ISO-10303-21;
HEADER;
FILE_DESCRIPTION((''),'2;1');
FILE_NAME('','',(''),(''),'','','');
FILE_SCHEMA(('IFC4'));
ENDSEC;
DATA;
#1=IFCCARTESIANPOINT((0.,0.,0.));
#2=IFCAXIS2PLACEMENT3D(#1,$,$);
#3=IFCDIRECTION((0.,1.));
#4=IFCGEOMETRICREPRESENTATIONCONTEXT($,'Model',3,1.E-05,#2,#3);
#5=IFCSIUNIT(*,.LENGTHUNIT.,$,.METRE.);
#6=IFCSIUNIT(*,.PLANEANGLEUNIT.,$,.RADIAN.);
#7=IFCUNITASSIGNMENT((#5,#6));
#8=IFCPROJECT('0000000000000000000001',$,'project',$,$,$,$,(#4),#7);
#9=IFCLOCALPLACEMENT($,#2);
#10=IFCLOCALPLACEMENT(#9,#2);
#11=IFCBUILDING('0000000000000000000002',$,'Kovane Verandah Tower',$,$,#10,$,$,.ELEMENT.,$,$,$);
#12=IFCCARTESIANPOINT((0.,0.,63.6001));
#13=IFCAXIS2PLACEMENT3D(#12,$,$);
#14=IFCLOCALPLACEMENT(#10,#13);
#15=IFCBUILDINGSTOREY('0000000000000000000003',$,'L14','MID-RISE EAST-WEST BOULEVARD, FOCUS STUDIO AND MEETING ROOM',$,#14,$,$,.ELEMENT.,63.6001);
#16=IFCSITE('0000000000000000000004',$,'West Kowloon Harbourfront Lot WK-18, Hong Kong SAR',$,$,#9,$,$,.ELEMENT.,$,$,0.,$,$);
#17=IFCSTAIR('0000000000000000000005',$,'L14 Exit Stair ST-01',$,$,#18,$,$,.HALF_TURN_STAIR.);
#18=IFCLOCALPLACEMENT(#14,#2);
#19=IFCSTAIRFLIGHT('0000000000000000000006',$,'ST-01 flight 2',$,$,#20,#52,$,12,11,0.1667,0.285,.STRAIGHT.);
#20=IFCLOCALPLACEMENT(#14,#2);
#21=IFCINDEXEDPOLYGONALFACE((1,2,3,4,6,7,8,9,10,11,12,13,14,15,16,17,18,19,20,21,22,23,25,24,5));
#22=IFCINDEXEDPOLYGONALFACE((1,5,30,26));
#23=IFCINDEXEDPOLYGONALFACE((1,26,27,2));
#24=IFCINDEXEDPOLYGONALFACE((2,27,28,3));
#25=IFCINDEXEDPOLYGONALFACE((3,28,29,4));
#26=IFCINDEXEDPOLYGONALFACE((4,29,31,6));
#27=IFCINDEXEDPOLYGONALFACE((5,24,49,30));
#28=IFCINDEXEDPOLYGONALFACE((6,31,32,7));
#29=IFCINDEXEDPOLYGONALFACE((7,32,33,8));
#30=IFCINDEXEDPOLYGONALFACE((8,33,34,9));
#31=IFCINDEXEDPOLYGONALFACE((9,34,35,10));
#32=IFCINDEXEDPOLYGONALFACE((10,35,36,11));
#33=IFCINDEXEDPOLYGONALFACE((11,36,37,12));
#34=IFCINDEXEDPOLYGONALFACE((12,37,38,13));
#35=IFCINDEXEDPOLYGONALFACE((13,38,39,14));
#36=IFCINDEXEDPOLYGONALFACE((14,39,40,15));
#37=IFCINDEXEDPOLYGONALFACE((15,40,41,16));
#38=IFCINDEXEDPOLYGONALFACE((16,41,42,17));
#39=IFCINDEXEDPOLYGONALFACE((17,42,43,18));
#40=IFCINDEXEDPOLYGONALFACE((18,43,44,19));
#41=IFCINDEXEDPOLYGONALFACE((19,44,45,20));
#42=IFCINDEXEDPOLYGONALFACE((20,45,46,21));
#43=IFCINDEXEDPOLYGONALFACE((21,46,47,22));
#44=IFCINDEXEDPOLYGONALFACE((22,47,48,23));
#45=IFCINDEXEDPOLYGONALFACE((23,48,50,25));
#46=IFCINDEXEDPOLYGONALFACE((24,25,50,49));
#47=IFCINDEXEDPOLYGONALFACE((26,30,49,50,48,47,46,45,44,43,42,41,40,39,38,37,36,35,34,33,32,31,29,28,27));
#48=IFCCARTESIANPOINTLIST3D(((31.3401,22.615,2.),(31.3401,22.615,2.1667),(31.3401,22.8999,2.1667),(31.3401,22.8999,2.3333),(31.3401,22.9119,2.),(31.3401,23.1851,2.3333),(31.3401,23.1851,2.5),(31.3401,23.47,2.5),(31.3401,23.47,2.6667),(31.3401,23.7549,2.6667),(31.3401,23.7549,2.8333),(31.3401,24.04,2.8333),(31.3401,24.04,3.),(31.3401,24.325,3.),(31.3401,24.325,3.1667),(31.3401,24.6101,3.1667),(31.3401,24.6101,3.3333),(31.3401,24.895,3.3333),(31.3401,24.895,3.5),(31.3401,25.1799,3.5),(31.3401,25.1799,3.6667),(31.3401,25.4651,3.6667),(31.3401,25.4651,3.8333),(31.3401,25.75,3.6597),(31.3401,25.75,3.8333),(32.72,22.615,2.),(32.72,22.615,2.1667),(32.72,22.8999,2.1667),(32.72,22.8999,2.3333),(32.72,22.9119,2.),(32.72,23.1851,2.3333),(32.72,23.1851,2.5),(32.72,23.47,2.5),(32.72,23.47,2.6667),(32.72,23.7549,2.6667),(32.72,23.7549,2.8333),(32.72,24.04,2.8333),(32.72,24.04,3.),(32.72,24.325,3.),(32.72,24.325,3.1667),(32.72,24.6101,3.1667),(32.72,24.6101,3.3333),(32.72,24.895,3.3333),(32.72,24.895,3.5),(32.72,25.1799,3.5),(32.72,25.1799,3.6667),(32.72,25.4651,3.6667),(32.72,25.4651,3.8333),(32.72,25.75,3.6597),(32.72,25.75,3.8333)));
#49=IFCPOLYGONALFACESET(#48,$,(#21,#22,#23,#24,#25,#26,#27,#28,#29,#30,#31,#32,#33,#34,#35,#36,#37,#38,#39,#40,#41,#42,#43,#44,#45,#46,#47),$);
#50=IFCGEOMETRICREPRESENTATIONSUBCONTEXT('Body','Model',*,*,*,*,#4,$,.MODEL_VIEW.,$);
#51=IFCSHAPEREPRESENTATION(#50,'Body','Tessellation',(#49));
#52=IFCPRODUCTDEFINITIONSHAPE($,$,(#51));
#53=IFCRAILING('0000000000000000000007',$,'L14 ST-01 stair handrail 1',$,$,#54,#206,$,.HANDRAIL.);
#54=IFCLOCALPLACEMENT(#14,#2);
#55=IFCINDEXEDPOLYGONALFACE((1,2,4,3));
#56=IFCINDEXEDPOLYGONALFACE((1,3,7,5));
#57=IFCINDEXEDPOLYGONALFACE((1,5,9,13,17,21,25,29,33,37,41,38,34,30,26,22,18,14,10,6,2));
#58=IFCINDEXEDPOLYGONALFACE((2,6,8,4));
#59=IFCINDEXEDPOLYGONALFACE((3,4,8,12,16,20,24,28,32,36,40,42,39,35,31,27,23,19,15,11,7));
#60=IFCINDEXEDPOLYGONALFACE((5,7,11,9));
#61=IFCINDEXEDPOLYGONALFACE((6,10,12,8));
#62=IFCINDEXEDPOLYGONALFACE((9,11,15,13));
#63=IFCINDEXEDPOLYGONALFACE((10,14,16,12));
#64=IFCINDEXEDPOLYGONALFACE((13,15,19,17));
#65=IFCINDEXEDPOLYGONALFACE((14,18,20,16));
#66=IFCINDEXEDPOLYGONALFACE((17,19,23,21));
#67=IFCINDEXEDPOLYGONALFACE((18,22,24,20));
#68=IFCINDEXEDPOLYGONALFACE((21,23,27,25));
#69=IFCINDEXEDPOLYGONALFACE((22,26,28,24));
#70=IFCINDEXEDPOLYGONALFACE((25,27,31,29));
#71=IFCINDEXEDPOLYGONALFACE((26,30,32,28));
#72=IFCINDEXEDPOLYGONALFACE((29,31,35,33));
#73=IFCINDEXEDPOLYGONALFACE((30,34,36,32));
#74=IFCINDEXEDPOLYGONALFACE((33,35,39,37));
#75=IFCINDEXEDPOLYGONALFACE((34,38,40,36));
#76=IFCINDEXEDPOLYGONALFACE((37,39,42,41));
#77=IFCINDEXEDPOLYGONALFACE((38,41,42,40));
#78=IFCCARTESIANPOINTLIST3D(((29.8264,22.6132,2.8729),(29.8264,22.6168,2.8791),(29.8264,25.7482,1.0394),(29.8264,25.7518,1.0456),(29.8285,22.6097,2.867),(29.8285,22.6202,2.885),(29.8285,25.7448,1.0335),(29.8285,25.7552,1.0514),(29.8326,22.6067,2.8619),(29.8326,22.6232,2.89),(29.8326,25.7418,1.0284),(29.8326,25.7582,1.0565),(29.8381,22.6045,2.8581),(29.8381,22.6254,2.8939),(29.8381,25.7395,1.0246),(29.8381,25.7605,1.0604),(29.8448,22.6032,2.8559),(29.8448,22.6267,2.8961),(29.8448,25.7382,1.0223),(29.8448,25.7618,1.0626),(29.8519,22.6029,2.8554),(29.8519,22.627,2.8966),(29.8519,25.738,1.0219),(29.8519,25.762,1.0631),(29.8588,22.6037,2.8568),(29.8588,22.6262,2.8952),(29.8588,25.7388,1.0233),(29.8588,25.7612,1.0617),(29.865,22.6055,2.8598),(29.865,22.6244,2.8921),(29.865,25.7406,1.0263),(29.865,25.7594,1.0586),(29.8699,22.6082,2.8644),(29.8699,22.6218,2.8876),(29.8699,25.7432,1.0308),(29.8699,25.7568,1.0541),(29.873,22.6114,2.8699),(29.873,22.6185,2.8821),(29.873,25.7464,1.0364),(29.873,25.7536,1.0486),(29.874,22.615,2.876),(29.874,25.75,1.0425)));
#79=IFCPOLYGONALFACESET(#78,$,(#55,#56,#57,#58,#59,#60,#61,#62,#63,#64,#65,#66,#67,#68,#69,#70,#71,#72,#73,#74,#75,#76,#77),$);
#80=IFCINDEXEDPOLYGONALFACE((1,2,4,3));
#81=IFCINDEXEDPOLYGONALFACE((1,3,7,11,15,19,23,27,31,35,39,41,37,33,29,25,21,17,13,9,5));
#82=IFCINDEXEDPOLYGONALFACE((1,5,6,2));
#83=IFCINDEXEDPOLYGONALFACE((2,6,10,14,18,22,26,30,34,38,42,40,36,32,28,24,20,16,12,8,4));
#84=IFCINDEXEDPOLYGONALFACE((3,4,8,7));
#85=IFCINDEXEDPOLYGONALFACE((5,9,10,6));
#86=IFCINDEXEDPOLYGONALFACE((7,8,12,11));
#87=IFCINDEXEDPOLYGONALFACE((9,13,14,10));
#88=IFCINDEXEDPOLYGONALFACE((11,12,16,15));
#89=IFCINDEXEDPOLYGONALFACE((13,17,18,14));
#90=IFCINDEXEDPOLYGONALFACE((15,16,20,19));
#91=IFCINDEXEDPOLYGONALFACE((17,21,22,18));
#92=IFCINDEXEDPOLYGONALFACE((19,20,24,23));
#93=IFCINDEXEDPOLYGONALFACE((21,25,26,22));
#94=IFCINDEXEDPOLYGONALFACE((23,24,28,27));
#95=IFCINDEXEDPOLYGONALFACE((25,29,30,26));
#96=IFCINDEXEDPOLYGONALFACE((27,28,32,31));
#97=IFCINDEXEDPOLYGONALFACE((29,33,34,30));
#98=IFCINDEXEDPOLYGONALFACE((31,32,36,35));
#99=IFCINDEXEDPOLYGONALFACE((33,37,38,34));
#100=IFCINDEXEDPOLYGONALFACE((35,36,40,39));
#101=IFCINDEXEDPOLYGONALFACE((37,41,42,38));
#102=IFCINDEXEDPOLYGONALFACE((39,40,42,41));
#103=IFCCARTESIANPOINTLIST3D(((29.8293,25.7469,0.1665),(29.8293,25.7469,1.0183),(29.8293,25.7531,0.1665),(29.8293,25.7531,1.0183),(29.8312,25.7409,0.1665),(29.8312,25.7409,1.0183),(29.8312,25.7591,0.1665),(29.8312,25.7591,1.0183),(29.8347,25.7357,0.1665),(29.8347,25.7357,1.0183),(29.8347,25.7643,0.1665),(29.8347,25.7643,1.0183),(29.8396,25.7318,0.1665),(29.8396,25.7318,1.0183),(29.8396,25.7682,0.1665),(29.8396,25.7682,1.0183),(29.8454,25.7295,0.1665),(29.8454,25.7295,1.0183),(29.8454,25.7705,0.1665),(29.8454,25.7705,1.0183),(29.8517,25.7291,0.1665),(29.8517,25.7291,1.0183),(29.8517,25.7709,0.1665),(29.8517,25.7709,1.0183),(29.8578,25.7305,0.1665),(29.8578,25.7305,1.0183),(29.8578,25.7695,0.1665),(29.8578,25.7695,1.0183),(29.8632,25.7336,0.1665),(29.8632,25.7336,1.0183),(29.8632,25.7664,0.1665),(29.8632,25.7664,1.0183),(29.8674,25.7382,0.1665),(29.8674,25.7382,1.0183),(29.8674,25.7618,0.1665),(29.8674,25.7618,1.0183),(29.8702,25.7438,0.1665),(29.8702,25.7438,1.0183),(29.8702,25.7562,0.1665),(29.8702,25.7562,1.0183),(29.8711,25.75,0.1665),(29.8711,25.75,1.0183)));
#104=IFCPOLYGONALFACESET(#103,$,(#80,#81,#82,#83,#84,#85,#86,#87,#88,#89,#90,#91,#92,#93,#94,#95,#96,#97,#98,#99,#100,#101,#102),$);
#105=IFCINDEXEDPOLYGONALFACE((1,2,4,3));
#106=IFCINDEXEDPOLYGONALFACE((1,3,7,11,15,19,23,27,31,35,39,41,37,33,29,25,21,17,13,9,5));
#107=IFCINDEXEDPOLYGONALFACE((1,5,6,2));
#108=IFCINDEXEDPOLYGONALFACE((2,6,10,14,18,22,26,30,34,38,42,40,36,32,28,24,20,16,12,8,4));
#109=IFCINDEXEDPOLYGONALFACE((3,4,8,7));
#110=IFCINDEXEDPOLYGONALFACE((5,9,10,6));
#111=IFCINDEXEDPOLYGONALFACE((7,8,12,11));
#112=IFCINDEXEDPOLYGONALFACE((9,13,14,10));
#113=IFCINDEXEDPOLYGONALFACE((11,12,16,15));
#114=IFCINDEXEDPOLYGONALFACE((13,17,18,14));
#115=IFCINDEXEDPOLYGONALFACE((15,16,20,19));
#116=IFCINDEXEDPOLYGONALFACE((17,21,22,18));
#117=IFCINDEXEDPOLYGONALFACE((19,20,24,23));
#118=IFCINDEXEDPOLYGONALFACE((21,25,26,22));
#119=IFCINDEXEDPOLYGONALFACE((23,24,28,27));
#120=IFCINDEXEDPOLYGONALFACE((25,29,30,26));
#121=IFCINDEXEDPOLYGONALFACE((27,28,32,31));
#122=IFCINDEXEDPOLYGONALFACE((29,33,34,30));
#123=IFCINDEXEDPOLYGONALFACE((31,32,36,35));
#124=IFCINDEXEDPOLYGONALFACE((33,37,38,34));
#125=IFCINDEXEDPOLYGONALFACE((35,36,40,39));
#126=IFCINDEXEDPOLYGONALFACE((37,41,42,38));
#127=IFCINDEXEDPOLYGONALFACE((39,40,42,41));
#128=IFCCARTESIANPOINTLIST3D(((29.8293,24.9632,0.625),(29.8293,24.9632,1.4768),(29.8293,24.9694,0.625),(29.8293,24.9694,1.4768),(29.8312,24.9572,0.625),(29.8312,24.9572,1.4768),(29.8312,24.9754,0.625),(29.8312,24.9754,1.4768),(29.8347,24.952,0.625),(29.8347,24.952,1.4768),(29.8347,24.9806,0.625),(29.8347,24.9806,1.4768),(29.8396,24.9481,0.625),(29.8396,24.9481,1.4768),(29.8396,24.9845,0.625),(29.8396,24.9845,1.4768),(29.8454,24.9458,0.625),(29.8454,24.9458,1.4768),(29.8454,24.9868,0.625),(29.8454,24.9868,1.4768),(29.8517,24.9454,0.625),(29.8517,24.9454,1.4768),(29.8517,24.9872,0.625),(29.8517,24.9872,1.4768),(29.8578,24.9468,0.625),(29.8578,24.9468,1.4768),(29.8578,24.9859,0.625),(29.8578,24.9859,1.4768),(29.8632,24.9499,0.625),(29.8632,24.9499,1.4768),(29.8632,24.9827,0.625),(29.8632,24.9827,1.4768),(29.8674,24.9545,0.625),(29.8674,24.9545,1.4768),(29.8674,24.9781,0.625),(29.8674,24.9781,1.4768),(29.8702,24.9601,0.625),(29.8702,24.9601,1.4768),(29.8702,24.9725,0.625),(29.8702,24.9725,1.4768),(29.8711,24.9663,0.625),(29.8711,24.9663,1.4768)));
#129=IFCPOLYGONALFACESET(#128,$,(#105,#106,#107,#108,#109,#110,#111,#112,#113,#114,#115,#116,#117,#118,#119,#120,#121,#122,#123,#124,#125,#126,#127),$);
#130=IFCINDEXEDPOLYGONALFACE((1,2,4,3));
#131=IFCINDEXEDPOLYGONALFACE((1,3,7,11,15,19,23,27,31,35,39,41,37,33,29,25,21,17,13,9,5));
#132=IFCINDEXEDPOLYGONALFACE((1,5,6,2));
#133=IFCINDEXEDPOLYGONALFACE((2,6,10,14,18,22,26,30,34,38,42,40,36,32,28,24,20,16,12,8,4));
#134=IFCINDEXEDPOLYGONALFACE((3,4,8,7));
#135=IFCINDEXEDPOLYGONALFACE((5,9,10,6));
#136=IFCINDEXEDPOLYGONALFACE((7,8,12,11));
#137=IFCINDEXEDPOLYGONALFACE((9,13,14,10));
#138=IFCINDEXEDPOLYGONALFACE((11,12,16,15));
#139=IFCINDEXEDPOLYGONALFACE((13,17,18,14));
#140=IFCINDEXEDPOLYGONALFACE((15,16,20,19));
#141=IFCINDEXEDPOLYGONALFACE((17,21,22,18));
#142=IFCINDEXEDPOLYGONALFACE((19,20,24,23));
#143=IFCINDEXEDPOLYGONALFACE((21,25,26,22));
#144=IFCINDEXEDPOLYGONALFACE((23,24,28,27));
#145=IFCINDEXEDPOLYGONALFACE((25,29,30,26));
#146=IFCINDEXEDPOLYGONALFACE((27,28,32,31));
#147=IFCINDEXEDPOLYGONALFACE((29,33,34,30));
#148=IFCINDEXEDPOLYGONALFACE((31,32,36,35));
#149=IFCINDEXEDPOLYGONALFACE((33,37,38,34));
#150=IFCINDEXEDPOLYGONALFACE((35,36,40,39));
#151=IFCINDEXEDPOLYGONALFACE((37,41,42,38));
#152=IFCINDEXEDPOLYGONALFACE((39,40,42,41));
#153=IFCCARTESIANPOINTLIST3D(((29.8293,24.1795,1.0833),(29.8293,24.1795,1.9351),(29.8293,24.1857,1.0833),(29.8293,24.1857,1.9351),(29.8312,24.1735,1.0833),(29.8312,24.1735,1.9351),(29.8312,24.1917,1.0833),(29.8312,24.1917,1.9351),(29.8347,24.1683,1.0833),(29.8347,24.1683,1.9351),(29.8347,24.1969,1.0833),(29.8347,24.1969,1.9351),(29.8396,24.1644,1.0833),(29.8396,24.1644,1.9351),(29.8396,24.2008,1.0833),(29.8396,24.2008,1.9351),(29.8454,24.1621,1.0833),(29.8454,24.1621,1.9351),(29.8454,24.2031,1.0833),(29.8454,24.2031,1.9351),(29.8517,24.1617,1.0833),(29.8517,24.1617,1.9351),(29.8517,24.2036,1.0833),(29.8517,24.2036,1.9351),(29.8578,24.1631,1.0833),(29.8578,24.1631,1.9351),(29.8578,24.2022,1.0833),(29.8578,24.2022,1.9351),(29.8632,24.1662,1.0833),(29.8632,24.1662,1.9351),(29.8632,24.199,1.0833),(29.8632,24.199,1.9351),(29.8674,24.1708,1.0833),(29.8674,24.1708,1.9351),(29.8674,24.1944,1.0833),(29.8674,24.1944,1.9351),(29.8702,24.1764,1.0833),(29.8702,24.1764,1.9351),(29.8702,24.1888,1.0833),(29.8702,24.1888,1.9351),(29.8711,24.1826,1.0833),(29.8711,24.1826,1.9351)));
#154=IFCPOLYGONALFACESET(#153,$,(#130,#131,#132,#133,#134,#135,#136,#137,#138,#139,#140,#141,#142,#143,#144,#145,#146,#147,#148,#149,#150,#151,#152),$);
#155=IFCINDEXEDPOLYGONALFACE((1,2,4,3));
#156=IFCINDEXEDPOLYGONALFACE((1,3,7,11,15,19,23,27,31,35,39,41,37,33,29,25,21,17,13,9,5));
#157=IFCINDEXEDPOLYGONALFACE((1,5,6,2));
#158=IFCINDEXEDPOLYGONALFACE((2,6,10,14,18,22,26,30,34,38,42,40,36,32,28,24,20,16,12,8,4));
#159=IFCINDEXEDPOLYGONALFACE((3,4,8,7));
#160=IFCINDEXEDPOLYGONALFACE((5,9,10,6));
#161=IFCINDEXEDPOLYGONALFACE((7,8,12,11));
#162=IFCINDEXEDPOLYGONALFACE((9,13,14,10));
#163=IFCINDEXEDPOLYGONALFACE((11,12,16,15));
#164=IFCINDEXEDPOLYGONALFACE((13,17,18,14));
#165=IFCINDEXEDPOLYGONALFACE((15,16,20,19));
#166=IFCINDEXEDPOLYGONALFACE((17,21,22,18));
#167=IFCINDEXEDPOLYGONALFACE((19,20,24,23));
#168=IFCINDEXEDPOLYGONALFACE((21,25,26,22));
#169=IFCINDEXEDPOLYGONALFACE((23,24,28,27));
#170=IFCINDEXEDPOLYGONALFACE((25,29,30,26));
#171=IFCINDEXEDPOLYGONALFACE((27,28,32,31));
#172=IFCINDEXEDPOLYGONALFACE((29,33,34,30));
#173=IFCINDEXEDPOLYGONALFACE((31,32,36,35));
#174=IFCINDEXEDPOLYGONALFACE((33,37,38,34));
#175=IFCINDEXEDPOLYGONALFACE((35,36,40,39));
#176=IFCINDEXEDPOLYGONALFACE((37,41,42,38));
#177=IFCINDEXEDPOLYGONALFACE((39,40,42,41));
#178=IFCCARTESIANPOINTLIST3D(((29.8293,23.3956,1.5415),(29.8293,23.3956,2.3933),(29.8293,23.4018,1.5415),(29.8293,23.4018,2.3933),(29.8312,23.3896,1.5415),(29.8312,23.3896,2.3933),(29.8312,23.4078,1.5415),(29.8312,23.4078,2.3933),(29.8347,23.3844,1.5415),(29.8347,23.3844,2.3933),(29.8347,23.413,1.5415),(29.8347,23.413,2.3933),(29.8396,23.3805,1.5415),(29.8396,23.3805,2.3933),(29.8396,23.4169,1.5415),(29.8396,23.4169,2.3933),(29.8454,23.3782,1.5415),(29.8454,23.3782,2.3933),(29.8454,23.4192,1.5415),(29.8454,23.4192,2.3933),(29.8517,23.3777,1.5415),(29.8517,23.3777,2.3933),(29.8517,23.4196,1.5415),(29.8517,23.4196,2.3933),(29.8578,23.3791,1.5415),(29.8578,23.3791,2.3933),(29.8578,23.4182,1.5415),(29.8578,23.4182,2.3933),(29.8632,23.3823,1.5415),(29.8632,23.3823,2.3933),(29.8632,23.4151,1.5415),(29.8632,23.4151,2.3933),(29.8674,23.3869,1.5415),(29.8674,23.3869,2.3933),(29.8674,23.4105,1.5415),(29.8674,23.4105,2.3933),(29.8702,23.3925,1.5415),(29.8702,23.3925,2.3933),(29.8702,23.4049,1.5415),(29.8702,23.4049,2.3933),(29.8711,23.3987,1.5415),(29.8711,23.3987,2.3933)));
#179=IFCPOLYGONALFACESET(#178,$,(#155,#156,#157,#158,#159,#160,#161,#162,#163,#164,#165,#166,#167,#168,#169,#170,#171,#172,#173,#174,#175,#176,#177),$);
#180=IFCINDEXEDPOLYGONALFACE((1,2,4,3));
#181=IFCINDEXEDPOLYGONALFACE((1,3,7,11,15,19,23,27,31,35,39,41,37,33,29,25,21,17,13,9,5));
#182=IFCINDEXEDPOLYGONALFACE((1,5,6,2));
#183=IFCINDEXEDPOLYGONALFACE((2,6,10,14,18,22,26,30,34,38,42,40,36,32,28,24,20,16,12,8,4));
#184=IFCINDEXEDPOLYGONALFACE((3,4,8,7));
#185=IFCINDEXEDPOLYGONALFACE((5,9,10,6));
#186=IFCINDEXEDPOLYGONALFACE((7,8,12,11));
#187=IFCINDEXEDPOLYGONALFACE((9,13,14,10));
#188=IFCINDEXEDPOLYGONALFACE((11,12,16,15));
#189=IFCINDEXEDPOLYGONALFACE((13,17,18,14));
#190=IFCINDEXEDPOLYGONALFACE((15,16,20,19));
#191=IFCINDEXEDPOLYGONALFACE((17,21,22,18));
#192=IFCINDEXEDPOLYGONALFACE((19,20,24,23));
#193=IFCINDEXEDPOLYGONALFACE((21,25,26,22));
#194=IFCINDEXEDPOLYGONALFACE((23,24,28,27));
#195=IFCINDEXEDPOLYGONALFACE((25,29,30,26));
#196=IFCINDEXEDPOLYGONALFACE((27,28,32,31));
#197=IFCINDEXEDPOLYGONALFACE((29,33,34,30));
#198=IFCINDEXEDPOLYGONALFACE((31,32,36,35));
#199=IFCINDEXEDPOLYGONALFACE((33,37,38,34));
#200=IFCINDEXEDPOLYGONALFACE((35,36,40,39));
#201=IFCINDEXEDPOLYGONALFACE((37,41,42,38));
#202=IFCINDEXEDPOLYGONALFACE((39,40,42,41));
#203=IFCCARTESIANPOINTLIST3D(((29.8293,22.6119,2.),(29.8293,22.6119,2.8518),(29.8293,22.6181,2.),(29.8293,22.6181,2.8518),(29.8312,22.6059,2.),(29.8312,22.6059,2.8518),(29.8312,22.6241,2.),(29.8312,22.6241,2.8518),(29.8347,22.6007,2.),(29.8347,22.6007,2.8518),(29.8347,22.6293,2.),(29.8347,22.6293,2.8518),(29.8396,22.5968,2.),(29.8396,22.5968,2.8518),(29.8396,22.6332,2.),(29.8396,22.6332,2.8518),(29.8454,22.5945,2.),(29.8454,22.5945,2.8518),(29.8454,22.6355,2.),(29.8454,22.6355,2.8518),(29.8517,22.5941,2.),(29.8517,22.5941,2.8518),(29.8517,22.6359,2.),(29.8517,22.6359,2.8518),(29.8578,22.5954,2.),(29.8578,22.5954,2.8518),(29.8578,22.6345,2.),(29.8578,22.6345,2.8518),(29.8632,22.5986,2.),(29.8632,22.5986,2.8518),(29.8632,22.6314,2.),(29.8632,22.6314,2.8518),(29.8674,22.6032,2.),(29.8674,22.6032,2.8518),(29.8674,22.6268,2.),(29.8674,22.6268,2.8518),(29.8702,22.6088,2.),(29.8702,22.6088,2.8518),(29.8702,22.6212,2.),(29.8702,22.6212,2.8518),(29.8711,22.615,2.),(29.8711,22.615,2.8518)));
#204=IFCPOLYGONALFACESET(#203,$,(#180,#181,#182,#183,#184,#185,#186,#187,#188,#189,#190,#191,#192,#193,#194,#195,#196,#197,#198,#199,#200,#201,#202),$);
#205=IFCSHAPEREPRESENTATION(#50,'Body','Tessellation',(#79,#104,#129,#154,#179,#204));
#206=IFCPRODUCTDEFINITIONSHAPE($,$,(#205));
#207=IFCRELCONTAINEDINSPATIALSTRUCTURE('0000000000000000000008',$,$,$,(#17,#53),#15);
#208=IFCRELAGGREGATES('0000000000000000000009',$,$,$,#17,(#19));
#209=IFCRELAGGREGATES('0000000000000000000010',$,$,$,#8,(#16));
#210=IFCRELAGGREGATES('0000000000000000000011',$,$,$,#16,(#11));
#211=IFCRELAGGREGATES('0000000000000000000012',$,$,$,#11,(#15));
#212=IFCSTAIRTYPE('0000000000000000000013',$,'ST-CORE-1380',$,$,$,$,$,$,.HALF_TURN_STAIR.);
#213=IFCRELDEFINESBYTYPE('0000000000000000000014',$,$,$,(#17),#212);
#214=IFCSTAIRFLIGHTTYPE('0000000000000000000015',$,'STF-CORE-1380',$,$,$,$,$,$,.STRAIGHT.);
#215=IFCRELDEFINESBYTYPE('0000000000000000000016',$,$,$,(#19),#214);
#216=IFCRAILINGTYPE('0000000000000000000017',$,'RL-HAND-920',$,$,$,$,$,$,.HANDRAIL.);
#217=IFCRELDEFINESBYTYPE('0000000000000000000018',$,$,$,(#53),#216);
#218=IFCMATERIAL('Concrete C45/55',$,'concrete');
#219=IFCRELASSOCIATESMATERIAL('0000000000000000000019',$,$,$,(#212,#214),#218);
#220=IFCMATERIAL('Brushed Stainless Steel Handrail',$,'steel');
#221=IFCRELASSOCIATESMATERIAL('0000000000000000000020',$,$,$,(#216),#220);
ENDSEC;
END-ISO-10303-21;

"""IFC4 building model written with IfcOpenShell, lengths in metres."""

from ifc_helpers import new_model, si_unit, direction, frame, origin, origin_2d, place, context, subcontext, project, spatial, polyline, circle, outline, extrude, material, type_object, element, aggregate, save


model = new_model("IFC4")

# Units and contexts
model_context = context("Model", 3, precision=1e-05, world=origin(), true_north=direction((0.0, 1.0)))
body_context = subcontext(model_context, "Body", "Model", "MODEL_VIEW")
ifc_project = project(units=[si_unit("LENGTHUNIT", "METRE"), si_unit("PLANEANGLEUNIT", "RADIAN")], contexts=[model_context])

# Site, building, storey
site_placement = place(None, origin())
site = spatial("IfcSite", under=ifc_project, at=site_placement, Name="West Kowloon Harbourfront Lot WK-18, Hong Kong SAR", CompositionType="ELEMENT", RefElevation=0.0)
building_placement = place(site_placement, origin())
building = spatial("IfcBuilding", under=site, at=building_placement, Name="Kovane Verandah Tower", CompositionType="ELEMENT")
storey_placement = place(building_placement, frame((0.0, 0.0, 63.6001)))
storey = spatial("IfcBuildingStorey", under=building, at=storey_placement, Name="L14", Description="MID-RISE EAST-WEST BOULEVARD, FOCUS STUDIO AND MEETING ROOM", CompositionType="ELEMENT", Elevation=63.6001)

# Shared definitions
ifc_material_1 = material(Name="Concrete C45/55", Category="concrete")

# Stair, stair flight
stair_type = type_object("IfcStairType", Name="ST-CORE-1380", PredefinedType="HALF_TURN_STAIR", material=ifc_material_1)
stair_placement = place(storey_placement, origin())
stair = element("IfcStair", 1, at=stair_placement, inside=storey, type_object=stair_type, Name="L14 Exit Stair ST-01", PredefinedType="HALF_TURN_STAIR")
stair_flight_type = type_object("IfcStairFlightType", Name="STF-CORE-1380", PredefinedType="STRAIGHT", material=ifc_material_1)
stair_flight_1_placement = place(storey_placement, frame((32.03, 22.615, 2.0), z_axis=(0.0, 0.0, 1.0), x_axis=(0.0, 1.0, 0.0)))
stair_flight_1 = element("IfcStairFlight", 2, at=stair_flight_1_placement, type_object=stair_flight_type, Name="ST-01 flight 2", NumberOfRisers=12, NumberOfTreads=11, PredefinedType="STRAIGHT", RiserHeight=0.1667, TreadLength=0.285, context=body_context, shape_type="SweptSolid", body=[
    extrude(outline(polyline([(0.0, 0.0), (0.0, 0.1667), (0.2849, 0.1667), (0.2849, 0.3333), (0.5701, 0.3333), (0.5701, 0.5), (0.855, 0.5), (0.855, 0.6667), (1.1399, 0.6667), (1.1399, 0.8333), (1.425, 0.8333), (1.425, 1.0), (1.71, 1.0), (1.71, 1.1667), (1.9951, 1.1667), (1.9951, 1.3333), (2.28, 1.3333), (2.28, 1.5), (2.5649, 1.5), (2.5649, 1.6667), (2.8501, 1.6667), (2.8501, 1.8333), (3.135, 1.8333), (3.135, 2.0), (3.135, 1.6597), (0.2969, 0.0), (0.0, 0.0)])), frame((0.0, 0.6899, 0.0), z_axis=(0.0, -1.0, 0.0), x_axis=(1.0, 0.0, 0.0)), (0.0, 0.0, 1.0), 1.3799),
])
aggregate(stair, [stair_flight_1])

# Railing
ifc_material_2 = material(Name="Brushed Stainless Steel Handrail", Category="steel")
railing_type_1 = type_object("IfcRailingType", Name="RL-HAND-920", PredefinedType="HANDRAIL", material=ifc_material_2)
railing_1_placement = place(storey_placement, frame((29.8501, 25.75, 0.1665)))
element("IfcRailing", 3, at=railing_1_placement, inside=storey, type_object=railing_type_1, Name="L14 ST-01 stair handrail 1", PredefinedType="HANDRAIL", context=body_context, shape_type="SweptSolid", body=[
    extrude(circle(Radius=0.0239, at=origin_2d()), frame((0.0, 0.0, 0.876), z_axis=(0.0, -0.86321, 0.504845), x_axis=(1.0, 0.0, 0.0)), (0.0, 0.0, 1.0), 3.6318),
    extrude(circle(Radius=0.021, at=origin_2d()), origin(), (0.0, 0.0, 1.0), 0.8518),
    extrude(circle(Radius=0.021, at=origin_2d()), frame((0.0, -0.7837, 0.4585)), (0.0, 0.0, 1.0), 0.8518),
    extrude(circle(Radius=0.021, at=origin_2d()), frame((0.0, -1.5674, 0.9167)), (0.0, 0.0, 1.0), 0.8518),
    extrude(circle(Radius=0.021, at=origin_2d()), frame((0.0, -2.3513, 1.375)), (0.0, 0.0, 1.0), 0.8518),
    extrude(circle(Radius=0.021, at=origin_2d()), frame((0.0, -3.135, 1.8335)), (0.0, 0.0, 1.0), 0.8518),
])

save(model, "model.ifc")
